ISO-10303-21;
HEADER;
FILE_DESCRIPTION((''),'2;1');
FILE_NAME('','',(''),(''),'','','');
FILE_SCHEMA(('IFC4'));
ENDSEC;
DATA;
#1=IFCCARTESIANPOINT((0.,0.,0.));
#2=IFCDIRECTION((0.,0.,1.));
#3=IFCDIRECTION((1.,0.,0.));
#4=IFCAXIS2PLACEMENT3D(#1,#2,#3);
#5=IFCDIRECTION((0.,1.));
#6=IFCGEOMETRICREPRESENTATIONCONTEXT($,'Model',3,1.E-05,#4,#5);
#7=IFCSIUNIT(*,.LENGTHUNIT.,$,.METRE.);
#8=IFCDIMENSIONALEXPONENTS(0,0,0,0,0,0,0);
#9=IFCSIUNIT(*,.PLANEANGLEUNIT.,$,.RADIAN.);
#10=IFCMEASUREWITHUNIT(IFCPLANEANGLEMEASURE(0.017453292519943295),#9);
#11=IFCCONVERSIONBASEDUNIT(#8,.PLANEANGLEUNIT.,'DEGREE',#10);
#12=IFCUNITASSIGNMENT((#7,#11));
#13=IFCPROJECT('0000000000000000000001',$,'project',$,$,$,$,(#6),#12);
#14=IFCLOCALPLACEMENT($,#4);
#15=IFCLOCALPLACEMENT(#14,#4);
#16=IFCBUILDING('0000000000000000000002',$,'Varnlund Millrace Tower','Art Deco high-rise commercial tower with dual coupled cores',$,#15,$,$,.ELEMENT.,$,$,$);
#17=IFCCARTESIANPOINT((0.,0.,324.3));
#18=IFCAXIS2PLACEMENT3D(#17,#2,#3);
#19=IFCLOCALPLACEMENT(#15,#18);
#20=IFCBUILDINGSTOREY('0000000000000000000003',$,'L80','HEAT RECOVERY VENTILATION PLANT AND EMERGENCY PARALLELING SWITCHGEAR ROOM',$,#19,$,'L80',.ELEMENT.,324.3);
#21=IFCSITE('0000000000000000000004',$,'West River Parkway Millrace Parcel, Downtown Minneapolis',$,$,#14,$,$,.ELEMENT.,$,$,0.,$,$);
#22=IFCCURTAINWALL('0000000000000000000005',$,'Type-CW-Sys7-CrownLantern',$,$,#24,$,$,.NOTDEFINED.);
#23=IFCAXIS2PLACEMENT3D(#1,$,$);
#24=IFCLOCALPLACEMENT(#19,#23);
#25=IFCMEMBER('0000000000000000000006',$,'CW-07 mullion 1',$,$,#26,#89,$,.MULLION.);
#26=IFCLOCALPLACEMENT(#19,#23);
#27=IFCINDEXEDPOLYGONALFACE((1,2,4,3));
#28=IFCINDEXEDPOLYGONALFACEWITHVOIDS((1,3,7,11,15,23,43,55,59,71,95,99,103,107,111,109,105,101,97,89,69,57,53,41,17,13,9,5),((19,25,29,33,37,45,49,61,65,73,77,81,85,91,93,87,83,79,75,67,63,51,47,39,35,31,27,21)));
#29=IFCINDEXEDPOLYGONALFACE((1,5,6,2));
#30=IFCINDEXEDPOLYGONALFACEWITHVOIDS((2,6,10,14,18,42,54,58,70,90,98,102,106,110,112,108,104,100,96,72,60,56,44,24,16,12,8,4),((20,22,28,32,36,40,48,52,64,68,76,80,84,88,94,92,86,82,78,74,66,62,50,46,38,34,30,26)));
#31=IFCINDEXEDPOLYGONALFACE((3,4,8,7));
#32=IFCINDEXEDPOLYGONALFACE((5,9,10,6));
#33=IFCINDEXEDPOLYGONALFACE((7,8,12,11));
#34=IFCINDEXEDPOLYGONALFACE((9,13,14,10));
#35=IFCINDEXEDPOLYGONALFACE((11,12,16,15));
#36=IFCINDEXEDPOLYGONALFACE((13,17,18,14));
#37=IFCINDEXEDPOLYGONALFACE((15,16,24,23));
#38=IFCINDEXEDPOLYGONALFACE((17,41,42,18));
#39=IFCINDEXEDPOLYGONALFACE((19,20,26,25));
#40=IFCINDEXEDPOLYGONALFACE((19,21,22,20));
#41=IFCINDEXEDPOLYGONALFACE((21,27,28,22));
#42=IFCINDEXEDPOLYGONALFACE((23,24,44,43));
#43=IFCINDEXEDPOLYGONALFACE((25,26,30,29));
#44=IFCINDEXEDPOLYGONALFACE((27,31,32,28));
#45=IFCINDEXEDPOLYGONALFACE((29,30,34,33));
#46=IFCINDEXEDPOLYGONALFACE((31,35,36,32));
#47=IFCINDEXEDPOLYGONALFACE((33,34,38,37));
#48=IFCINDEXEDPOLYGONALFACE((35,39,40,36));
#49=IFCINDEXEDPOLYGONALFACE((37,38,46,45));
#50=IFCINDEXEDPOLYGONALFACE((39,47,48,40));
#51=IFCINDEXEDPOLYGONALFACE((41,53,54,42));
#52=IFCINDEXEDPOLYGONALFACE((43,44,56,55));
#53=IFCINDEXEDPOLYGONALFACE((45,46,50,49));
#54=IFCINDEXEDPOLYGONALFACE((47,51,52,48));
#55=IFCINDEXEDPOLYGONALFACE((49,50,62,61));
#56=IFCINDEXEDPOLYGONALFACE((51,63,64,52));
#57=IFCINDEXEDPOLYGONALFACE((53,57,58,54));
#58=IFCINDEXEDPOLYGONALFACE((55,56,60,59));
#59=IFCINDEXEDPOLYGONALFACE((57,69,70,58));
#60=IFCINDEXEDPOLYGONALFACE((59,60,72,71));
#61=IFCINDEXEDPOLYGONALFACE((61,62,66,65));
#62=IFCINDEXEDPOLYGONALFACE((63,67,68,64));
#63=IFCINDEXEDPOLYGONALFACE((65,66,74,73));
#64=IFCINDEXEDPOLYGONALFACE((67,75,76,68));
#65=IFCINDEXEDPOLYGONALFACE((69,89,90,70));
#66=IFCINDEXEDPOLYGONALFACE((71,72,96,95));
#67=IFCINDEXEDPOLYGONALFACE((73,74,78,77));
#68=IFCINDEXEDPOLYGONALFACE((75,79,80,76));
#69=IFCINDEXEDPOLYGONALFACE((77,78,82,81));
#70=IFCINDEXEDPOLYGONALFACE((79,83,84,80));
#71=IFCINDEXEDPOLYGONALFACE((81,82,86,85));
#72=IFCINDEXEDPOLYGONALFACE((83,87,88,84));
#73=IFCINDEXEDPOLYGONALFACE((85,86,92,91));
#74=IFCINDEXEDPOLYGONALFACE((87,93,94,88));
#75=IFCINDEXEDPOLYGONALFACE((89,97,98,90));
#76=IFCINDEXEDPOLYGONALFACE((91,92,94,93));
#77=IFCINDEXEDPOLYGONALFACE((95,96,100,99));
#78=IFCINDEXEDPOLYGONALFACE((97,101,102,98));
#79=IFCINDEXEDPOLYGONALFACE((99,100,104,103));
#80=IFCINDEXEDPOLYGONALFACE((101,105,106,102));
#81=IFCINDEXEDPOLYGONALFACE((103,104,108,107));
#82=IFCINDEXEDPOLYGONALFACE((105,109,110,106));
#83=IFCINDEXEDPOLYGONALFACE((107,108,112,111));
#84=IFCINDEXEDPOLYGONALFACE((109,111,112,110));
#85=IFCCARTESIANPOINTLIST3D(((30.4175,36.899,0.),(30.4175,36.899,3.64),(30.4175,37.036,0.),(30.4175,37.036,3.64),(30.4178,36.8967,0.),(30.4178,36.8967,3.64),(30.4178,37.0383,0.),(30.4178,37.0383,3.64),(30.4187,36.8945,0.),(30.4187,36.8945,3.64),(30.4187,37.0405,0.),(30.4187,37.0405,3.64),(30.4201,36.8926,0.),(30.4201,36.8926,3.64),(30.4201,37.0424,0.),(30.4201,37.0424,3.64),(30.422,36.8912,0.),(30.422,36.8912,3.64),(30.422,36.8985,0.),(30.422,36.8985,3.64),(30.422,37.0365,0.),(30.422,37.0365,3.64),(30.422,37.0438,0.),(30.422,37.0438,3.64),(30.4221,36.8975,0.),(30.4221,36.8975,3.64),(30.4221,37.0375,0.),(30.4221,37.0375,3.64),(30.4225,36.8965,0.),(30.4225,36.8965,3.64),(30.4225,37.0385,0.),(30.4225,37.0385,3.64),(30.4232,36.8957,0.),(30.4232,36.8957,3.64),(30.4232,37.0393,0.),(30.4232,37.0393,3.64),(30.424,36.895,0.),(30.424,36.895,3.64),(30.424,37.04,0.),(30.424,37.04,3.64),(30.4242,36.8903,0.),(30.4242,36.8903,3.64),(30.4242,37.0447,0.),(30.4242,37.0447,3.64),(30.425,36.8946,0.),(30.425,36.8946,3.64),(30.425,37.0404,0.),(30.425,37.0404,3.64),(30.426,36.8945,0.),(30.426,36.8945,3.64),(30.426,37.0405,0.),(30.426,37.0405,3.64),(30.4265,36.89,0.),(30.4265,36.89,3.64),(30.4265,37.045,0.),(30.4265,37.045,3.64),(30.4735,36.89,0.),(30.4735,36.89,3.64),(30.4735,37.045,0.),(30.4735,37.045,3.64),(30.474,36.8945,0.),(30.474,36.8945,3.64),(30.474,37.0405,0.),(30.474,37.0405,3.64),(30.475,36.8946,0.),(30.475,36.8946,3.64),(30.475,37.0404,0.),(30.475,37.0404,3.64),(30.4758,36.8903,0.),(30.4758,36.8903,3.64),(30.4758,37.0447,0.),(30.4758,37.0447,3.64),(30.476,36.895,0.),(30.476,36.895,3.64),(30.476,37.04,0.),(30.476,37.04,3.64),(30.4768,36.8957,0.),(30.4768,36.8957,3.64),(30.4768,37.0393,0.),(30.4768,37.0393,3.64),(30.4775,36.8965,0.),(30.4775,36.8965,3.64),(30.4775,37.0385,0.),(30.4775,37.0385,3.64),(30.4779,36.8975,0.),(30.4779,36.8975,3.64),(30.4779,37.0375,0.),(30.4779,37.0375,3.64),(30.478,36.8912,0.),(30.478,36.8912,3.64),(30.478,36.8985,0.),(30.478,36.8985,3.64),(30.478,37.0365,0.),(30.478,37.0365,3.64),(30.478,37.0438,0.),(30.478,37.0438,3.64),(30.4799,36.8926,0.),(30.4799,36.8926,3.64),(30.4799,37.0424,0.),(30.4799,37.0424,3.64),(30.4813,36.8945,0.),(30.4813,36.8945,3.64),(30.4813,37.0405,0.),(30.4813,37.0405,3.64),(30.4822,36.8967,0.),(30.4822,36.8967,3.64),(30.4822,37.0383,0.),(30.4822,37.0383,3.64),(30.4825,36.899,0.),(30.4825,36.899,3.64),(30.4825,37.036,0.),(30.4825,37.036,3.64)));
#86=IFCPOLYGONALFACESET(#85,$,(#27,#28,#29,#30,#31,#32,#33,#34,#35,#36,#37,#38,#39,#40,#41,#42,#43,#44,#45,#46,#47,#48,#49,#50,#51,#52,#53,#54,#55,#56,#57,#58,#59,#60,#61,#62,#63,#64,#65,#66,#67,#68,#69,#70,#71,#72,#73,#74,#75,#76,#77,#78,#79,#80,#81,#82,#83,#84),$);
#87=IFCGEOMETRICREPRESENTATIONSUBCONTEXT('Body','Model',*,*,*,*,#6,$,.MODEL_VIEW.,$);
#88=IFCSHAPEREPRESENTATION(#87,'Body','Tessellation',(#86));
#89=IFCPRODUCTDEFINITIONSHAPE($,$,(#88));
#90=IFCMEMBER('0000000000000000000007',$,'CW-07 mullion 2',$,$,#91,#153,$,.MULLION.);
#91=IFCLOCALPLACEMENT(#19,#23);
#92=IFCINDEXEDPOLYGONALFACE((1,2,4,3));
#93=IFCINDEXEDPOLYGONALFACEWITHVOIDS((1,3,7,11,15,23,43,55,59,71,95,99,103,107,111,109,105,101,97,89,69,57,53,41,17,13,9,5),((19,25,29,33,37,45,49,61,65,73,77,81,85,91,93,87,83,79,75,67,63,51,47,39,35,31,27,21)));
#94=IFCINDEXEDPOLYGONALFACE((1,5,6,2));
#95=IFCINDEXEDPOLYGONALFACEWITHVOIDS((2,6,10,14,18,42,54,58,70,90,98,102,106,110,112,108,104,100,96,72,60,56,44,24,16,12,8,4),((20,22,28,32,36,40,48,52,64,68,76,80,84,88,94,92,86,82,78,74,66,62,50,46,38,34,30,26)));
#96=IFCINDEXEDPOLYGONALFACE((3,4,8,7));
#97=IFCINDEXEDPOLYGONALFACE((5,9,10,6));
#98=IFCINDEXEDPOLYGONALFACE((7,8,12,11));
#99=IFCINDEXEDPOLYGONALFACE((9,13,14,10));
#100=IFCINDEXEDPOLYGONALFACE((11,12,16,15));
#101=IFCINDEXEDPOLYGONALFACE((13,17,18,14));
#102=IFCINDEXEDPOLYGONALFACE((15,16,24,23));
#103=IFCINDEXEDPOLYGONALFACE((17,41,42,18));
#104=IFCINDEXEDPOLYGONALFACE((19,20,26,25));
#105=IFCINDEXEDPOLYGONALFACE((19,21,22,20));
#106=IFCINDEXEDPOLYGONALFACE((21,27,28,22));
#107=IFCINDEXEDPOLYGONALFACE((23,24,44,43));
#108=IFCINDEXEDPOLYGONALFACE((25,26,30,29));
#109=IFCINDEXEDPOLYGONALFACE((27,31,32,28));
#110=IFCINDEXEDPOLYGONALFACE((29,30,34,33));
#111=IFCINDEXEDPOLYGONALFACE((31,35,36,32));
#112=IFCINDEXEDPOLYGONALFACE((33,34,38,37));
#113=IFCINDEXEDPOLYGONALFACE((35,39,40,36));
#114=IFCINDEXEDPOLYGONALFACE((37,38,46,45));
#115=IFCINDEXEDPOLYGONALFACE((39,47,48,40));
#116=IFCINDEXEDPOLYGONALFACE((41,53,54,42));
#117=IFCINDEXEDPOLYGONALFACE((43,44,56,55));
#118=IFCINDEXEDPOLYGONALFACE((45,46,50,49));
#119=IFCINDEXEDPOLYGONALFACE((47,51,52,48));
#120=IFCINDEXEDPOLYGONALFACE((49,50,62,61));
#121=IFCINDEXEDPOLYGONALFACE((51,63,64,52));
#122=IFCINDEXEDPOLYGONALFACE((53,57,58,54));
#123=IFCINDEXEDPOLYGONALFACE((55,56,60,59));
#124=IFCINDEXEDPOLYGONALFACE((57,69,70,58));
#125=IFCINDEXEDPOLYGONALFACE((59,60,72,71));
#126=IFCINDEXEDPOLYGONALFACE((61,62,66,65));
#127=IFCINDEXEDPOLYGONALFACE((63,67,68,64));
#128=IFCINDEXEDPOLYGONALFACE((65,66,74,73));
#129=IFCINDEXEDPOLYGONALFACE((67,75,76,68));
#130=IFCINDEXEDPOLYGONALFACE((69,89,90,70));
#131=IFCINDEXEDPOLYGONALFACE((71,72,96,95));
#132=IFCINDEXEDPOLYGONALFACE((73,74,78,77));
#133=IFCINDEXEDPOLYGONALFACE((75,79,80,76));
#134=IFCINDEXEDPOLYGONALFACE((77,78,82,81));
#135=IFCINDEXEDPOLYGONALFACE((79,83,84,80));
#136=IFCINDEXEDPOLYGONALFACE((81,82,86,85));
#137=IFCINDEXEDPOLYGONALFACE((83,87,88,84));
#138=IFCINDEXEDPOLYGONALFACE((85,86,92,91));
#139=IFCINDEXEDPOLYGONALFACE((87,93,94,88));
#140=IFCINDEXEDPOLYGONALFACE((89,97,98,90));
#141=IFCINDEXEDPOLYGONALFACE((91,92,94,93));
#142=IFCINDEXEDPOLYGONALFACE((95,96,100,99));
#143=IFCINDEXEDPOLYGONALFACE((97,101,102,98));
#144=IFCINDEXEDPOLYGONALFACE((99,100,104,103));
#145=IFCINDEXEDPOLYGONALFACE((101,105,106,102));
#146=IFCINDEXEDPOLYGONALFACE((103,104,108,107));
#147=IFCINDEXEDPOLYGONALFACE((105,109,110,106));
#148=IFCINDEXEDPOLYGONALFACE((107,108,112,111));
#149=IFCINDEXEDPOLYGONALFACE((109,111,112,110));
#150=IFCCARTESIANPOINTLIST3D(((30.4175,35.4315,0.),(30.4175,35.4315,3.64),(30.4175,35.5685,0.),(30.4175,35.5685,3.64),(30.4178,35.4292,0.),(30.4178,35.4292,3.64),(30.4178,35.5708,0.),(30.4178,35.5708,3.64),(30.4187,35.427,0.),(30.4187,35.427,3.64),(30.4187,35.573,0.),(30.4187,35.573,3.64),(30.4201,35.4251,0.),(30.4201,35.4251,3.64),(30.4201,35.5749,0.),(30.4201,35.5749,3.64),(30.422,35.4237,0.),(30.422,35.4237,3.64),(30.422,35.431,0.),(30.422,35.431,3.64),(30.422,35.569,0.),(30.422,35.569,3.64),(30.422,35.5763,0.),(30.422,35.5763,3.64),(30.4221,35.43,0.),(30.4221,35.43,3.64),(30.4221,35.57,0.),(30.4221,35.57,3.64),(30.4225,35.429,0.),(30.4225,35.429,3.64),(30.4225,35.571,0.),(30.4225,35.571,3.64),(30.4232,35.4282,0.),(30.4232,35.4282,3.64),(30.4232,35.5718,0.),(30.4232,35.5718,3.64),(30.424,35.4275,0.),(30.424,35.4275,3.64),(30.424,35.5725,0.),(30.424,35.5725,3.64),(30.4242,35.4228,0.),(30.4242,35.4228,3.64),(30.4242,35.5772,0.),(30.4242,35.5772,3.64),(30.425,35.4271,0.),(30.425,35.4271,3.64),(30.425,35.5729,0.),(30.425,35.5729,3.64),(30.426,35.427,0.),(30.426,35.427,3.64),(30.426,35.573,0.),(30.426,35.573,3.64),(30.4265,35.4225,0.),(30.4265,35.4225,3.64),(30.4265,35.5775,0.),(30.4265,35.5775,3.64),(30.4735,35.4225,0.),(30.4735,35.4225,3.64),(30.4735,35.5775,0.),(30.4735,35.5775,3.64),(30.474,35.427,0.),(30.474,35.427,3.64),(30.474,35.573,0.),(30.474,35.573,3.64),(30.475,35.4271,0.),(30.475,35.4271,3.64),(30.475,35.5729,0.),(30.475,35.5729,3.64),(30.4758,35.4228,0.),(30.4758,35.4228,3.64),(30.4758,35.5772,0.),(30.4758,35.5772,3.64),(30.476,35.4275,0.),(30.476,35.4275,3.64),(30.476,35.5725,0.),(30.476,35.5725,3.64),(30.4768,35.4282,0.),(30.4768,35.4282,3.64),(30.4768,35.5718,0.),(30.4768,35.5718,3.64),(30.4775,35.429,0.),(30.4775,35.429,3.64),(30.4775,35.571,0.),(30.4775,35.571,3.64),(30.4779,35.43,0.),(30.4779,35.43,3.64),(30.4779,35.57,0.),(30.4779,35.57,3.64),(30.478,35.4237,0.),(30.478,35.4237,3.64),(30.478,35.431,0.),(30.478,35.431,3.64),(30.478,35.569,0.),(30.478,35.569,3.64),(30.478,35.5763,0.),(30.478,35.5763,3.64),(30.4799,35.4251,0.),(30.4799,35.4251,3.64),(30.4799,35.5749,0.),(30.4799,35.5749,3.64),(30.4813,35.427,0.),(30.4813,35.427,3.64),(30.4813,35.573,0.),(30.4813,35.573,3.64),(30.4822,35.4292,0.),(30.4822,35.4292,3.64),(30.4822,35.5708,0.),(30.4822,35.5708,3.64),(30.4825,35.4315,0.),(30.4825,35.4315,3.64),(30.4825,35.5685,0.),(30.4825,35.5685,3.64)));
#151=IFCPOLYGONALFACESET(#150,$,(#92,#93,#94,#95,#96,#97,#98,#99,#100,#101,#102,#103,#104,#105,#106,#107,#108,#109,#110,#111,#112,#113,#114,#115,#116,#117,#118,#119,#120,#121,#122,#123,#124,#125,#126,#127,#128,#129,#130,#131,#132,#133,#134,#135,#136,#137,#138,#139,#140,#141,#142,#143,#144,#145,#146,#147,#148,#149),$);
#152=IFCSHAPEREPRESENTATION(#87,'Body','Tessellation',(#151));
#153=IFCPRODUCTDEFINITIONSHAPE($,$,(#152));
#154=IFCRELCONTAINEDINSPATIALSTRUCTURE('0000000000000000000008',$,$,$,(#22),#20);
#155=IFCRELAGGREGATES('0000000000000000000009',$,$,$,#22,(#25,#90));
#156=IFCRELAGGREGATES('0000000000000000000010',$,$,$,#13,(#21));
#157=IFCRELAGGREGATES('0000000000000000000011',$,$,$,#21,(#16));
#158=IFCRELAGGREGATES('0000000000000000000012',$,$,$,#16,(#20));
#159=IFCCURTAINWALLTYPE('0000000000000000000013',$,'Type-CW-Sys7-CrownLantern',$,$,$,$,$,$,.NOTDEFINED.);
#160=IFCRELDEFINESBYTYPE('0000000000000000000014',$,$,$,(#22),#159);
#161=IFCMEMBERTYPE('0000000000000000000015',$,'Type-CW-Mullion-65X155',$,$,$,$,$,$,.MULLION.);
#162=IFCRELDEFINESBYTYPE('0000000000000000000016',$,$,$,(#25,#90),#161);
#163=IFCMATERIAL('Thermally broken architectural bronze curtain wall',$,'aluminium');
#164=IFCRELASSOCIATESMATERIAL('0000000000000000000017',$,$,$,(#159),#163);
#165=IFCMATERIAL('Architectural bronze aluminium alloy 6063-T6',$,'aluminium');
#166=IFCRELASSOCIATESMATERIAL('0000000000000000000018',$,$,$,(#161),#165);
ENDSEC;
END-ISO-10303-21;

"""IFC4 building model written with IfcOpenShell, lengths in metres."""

from ifc_helpers import new_model, entity, si_unit, converted_unit, direction, frame, origin_with_axes, origin_2d_with_axis, place, context, subcontext, project, spatial, hollow_rectangle, extrude, material, material_profile, profile_set, type_object, element, aggregate, save


model = new_model("IFC4")

# Units and contexts
model_context = context("Model", 3, precision=1e-05, world=origin_with_axes(), true_north=direction((0.0, 1.0)))
body_context = subcontext(model_context, "Body", "Model", "MODEL_VIEW")
ifc_project = project(units=[si_unit("LENGTHUNIT", "METRE"), converted_unit("PLANEANGLEUNIT", "DEGREE", entity("IfcPlaneAngleMeasure", 0.017453292519943295), si_unit("PLANEANGLEUNIT", "RADIAN"), dimensions=[0, 0, 0, 0, 0, 0, 0])], contexts=[model_context])

# Site, building, storey
site_placement = place(None, origin_with_axes())
site = spatial("IfcSite", under=ifc_project, at=site_placement, Name="West River Parkway Millrace Parcel, Downtown Minneapolis", CompositionType="ELEMENT", RefElevation=0.0)
building_placement = place(site_placement, origin_with_axes())
building = spatial("IfcBuilding", under=site, at=building_placement, Name="Varnlund Millrace Tower", Description="Art Deco high-rise commercial tower with dual coupled cores", CompositionType="ELEMENT")
storey_placement = place(building_placement, frame((0.0, 0.0, 324.3), z_axis=(0.0, 0.0, 1.0), x_axis=(1.0, 0.0, 0.0)))
storey = spatial("IfcBuildingStorey", under=building, at=storey_placement, Name="L80", Description="HEAT RECOVERY VENTILATION PLANT AND EMERGENCY PARALLELING SWITCHGEAR ROOM", LongName="L80", CompositionType="ELEMENT", Elevation=324.3)

# Curtain wall, members
ifc_material_1 = material(Name="Thermally broken architectural bronze curtain wall", Category="aluminium")
curtain_wall_type = type_object("IfcCurtainWallType", Name="Type-CW-Sys7-CrownLantern", PredefinedType="NOTDEFINED", material=ifc_material_1)
curtain_wall_1_placement = place(storey_placement, frame((30.45, 37.0, 0.0), z_axis=(0.0, 0.0, 1.0), x_axis=(1.0, 0.0, 0.0)))
curtain_wall_1 = element("IfcCurtainWall", 1, at=curtain_wall_1_placement, inside=storey, type_object=curtain_wall_type, Name="Type-CW-Sys7-CrownLantern", PredefinedType="NOTDEFINED")
ifc_material_2 = material(Name="Architectural bronze aluminium alloy 6063-T6", Category="aluminium")
ifc_material_profile_1 = material_profile(ifc_material_2, hollow_rectangle(XDim=0.065, YDim=0.155, WallThickness=0.0045, InnerFilletRadius=0.004, OuterFilletRadius=0.009, at=origin_2d_with_axis()), Name="Architectural bronze aluminium alloy 6063-T6")
ifc_profile_set_1 = profile_set([ifc_material_profile_1], Name="Architectural bronze aluminium alloy 6063-T6")
member_type = type_object("IfcMemberType", Name="Type-CW-Mullion-65X155", PredefinedType="MULLION", material=ifc_profile_set_1)
member_1_placement = place(storey_placement, frame((30.45, 36.9675, 0.0), z_axis=(0.0, 0.0, 1.0), x_axis=(1.0, 0.0, 0.0)))
member_1 = element("IfcMember", 2, at=member_1_placement, type_object=member_type, Name="CW-07 mullion 1", PredefinedType="MULLION", context=body_context, shape_type="SweptSolid", body=[
    extrude(hollow_rectangle(XDim=0.065, YDim=0.155, WallThickness=0.0045, InnerFilletRadius=0.004, OuterFilletRadius=0.009, at=origin_2d_with_axis()), origin_with_axes(), (0.0, 0.0, 1.0), 3.64),
])
member_2_placement = place(storey_placement, frame((30.45, 35.5, 0.0), z_axis=(0.0, 0.0, 1.0), x_axis=(1.0, 0.0, 0.0)))
member_2 = element("IfcMember", 3, at=member_2_placement, type_object=member_type, Name="CW-07 mullion 2", PredefinedType="MULLION", context=body_context, shape_type="SweptSolid", body=[
    extrude(hollow_rectangle(XDim=0.065, YDim=0.155, WallThickness=0.0045, InnerFilletRadius=0.004, OuterFilletRadius=0.009, at=origin_2d_with_axis()), origin_with_axes(), (0.0, 0.0, 1.0), 3.64),
])
aggregate(curtain_wall_1, [member_1, member_2])

save(model, "model.ifc")
